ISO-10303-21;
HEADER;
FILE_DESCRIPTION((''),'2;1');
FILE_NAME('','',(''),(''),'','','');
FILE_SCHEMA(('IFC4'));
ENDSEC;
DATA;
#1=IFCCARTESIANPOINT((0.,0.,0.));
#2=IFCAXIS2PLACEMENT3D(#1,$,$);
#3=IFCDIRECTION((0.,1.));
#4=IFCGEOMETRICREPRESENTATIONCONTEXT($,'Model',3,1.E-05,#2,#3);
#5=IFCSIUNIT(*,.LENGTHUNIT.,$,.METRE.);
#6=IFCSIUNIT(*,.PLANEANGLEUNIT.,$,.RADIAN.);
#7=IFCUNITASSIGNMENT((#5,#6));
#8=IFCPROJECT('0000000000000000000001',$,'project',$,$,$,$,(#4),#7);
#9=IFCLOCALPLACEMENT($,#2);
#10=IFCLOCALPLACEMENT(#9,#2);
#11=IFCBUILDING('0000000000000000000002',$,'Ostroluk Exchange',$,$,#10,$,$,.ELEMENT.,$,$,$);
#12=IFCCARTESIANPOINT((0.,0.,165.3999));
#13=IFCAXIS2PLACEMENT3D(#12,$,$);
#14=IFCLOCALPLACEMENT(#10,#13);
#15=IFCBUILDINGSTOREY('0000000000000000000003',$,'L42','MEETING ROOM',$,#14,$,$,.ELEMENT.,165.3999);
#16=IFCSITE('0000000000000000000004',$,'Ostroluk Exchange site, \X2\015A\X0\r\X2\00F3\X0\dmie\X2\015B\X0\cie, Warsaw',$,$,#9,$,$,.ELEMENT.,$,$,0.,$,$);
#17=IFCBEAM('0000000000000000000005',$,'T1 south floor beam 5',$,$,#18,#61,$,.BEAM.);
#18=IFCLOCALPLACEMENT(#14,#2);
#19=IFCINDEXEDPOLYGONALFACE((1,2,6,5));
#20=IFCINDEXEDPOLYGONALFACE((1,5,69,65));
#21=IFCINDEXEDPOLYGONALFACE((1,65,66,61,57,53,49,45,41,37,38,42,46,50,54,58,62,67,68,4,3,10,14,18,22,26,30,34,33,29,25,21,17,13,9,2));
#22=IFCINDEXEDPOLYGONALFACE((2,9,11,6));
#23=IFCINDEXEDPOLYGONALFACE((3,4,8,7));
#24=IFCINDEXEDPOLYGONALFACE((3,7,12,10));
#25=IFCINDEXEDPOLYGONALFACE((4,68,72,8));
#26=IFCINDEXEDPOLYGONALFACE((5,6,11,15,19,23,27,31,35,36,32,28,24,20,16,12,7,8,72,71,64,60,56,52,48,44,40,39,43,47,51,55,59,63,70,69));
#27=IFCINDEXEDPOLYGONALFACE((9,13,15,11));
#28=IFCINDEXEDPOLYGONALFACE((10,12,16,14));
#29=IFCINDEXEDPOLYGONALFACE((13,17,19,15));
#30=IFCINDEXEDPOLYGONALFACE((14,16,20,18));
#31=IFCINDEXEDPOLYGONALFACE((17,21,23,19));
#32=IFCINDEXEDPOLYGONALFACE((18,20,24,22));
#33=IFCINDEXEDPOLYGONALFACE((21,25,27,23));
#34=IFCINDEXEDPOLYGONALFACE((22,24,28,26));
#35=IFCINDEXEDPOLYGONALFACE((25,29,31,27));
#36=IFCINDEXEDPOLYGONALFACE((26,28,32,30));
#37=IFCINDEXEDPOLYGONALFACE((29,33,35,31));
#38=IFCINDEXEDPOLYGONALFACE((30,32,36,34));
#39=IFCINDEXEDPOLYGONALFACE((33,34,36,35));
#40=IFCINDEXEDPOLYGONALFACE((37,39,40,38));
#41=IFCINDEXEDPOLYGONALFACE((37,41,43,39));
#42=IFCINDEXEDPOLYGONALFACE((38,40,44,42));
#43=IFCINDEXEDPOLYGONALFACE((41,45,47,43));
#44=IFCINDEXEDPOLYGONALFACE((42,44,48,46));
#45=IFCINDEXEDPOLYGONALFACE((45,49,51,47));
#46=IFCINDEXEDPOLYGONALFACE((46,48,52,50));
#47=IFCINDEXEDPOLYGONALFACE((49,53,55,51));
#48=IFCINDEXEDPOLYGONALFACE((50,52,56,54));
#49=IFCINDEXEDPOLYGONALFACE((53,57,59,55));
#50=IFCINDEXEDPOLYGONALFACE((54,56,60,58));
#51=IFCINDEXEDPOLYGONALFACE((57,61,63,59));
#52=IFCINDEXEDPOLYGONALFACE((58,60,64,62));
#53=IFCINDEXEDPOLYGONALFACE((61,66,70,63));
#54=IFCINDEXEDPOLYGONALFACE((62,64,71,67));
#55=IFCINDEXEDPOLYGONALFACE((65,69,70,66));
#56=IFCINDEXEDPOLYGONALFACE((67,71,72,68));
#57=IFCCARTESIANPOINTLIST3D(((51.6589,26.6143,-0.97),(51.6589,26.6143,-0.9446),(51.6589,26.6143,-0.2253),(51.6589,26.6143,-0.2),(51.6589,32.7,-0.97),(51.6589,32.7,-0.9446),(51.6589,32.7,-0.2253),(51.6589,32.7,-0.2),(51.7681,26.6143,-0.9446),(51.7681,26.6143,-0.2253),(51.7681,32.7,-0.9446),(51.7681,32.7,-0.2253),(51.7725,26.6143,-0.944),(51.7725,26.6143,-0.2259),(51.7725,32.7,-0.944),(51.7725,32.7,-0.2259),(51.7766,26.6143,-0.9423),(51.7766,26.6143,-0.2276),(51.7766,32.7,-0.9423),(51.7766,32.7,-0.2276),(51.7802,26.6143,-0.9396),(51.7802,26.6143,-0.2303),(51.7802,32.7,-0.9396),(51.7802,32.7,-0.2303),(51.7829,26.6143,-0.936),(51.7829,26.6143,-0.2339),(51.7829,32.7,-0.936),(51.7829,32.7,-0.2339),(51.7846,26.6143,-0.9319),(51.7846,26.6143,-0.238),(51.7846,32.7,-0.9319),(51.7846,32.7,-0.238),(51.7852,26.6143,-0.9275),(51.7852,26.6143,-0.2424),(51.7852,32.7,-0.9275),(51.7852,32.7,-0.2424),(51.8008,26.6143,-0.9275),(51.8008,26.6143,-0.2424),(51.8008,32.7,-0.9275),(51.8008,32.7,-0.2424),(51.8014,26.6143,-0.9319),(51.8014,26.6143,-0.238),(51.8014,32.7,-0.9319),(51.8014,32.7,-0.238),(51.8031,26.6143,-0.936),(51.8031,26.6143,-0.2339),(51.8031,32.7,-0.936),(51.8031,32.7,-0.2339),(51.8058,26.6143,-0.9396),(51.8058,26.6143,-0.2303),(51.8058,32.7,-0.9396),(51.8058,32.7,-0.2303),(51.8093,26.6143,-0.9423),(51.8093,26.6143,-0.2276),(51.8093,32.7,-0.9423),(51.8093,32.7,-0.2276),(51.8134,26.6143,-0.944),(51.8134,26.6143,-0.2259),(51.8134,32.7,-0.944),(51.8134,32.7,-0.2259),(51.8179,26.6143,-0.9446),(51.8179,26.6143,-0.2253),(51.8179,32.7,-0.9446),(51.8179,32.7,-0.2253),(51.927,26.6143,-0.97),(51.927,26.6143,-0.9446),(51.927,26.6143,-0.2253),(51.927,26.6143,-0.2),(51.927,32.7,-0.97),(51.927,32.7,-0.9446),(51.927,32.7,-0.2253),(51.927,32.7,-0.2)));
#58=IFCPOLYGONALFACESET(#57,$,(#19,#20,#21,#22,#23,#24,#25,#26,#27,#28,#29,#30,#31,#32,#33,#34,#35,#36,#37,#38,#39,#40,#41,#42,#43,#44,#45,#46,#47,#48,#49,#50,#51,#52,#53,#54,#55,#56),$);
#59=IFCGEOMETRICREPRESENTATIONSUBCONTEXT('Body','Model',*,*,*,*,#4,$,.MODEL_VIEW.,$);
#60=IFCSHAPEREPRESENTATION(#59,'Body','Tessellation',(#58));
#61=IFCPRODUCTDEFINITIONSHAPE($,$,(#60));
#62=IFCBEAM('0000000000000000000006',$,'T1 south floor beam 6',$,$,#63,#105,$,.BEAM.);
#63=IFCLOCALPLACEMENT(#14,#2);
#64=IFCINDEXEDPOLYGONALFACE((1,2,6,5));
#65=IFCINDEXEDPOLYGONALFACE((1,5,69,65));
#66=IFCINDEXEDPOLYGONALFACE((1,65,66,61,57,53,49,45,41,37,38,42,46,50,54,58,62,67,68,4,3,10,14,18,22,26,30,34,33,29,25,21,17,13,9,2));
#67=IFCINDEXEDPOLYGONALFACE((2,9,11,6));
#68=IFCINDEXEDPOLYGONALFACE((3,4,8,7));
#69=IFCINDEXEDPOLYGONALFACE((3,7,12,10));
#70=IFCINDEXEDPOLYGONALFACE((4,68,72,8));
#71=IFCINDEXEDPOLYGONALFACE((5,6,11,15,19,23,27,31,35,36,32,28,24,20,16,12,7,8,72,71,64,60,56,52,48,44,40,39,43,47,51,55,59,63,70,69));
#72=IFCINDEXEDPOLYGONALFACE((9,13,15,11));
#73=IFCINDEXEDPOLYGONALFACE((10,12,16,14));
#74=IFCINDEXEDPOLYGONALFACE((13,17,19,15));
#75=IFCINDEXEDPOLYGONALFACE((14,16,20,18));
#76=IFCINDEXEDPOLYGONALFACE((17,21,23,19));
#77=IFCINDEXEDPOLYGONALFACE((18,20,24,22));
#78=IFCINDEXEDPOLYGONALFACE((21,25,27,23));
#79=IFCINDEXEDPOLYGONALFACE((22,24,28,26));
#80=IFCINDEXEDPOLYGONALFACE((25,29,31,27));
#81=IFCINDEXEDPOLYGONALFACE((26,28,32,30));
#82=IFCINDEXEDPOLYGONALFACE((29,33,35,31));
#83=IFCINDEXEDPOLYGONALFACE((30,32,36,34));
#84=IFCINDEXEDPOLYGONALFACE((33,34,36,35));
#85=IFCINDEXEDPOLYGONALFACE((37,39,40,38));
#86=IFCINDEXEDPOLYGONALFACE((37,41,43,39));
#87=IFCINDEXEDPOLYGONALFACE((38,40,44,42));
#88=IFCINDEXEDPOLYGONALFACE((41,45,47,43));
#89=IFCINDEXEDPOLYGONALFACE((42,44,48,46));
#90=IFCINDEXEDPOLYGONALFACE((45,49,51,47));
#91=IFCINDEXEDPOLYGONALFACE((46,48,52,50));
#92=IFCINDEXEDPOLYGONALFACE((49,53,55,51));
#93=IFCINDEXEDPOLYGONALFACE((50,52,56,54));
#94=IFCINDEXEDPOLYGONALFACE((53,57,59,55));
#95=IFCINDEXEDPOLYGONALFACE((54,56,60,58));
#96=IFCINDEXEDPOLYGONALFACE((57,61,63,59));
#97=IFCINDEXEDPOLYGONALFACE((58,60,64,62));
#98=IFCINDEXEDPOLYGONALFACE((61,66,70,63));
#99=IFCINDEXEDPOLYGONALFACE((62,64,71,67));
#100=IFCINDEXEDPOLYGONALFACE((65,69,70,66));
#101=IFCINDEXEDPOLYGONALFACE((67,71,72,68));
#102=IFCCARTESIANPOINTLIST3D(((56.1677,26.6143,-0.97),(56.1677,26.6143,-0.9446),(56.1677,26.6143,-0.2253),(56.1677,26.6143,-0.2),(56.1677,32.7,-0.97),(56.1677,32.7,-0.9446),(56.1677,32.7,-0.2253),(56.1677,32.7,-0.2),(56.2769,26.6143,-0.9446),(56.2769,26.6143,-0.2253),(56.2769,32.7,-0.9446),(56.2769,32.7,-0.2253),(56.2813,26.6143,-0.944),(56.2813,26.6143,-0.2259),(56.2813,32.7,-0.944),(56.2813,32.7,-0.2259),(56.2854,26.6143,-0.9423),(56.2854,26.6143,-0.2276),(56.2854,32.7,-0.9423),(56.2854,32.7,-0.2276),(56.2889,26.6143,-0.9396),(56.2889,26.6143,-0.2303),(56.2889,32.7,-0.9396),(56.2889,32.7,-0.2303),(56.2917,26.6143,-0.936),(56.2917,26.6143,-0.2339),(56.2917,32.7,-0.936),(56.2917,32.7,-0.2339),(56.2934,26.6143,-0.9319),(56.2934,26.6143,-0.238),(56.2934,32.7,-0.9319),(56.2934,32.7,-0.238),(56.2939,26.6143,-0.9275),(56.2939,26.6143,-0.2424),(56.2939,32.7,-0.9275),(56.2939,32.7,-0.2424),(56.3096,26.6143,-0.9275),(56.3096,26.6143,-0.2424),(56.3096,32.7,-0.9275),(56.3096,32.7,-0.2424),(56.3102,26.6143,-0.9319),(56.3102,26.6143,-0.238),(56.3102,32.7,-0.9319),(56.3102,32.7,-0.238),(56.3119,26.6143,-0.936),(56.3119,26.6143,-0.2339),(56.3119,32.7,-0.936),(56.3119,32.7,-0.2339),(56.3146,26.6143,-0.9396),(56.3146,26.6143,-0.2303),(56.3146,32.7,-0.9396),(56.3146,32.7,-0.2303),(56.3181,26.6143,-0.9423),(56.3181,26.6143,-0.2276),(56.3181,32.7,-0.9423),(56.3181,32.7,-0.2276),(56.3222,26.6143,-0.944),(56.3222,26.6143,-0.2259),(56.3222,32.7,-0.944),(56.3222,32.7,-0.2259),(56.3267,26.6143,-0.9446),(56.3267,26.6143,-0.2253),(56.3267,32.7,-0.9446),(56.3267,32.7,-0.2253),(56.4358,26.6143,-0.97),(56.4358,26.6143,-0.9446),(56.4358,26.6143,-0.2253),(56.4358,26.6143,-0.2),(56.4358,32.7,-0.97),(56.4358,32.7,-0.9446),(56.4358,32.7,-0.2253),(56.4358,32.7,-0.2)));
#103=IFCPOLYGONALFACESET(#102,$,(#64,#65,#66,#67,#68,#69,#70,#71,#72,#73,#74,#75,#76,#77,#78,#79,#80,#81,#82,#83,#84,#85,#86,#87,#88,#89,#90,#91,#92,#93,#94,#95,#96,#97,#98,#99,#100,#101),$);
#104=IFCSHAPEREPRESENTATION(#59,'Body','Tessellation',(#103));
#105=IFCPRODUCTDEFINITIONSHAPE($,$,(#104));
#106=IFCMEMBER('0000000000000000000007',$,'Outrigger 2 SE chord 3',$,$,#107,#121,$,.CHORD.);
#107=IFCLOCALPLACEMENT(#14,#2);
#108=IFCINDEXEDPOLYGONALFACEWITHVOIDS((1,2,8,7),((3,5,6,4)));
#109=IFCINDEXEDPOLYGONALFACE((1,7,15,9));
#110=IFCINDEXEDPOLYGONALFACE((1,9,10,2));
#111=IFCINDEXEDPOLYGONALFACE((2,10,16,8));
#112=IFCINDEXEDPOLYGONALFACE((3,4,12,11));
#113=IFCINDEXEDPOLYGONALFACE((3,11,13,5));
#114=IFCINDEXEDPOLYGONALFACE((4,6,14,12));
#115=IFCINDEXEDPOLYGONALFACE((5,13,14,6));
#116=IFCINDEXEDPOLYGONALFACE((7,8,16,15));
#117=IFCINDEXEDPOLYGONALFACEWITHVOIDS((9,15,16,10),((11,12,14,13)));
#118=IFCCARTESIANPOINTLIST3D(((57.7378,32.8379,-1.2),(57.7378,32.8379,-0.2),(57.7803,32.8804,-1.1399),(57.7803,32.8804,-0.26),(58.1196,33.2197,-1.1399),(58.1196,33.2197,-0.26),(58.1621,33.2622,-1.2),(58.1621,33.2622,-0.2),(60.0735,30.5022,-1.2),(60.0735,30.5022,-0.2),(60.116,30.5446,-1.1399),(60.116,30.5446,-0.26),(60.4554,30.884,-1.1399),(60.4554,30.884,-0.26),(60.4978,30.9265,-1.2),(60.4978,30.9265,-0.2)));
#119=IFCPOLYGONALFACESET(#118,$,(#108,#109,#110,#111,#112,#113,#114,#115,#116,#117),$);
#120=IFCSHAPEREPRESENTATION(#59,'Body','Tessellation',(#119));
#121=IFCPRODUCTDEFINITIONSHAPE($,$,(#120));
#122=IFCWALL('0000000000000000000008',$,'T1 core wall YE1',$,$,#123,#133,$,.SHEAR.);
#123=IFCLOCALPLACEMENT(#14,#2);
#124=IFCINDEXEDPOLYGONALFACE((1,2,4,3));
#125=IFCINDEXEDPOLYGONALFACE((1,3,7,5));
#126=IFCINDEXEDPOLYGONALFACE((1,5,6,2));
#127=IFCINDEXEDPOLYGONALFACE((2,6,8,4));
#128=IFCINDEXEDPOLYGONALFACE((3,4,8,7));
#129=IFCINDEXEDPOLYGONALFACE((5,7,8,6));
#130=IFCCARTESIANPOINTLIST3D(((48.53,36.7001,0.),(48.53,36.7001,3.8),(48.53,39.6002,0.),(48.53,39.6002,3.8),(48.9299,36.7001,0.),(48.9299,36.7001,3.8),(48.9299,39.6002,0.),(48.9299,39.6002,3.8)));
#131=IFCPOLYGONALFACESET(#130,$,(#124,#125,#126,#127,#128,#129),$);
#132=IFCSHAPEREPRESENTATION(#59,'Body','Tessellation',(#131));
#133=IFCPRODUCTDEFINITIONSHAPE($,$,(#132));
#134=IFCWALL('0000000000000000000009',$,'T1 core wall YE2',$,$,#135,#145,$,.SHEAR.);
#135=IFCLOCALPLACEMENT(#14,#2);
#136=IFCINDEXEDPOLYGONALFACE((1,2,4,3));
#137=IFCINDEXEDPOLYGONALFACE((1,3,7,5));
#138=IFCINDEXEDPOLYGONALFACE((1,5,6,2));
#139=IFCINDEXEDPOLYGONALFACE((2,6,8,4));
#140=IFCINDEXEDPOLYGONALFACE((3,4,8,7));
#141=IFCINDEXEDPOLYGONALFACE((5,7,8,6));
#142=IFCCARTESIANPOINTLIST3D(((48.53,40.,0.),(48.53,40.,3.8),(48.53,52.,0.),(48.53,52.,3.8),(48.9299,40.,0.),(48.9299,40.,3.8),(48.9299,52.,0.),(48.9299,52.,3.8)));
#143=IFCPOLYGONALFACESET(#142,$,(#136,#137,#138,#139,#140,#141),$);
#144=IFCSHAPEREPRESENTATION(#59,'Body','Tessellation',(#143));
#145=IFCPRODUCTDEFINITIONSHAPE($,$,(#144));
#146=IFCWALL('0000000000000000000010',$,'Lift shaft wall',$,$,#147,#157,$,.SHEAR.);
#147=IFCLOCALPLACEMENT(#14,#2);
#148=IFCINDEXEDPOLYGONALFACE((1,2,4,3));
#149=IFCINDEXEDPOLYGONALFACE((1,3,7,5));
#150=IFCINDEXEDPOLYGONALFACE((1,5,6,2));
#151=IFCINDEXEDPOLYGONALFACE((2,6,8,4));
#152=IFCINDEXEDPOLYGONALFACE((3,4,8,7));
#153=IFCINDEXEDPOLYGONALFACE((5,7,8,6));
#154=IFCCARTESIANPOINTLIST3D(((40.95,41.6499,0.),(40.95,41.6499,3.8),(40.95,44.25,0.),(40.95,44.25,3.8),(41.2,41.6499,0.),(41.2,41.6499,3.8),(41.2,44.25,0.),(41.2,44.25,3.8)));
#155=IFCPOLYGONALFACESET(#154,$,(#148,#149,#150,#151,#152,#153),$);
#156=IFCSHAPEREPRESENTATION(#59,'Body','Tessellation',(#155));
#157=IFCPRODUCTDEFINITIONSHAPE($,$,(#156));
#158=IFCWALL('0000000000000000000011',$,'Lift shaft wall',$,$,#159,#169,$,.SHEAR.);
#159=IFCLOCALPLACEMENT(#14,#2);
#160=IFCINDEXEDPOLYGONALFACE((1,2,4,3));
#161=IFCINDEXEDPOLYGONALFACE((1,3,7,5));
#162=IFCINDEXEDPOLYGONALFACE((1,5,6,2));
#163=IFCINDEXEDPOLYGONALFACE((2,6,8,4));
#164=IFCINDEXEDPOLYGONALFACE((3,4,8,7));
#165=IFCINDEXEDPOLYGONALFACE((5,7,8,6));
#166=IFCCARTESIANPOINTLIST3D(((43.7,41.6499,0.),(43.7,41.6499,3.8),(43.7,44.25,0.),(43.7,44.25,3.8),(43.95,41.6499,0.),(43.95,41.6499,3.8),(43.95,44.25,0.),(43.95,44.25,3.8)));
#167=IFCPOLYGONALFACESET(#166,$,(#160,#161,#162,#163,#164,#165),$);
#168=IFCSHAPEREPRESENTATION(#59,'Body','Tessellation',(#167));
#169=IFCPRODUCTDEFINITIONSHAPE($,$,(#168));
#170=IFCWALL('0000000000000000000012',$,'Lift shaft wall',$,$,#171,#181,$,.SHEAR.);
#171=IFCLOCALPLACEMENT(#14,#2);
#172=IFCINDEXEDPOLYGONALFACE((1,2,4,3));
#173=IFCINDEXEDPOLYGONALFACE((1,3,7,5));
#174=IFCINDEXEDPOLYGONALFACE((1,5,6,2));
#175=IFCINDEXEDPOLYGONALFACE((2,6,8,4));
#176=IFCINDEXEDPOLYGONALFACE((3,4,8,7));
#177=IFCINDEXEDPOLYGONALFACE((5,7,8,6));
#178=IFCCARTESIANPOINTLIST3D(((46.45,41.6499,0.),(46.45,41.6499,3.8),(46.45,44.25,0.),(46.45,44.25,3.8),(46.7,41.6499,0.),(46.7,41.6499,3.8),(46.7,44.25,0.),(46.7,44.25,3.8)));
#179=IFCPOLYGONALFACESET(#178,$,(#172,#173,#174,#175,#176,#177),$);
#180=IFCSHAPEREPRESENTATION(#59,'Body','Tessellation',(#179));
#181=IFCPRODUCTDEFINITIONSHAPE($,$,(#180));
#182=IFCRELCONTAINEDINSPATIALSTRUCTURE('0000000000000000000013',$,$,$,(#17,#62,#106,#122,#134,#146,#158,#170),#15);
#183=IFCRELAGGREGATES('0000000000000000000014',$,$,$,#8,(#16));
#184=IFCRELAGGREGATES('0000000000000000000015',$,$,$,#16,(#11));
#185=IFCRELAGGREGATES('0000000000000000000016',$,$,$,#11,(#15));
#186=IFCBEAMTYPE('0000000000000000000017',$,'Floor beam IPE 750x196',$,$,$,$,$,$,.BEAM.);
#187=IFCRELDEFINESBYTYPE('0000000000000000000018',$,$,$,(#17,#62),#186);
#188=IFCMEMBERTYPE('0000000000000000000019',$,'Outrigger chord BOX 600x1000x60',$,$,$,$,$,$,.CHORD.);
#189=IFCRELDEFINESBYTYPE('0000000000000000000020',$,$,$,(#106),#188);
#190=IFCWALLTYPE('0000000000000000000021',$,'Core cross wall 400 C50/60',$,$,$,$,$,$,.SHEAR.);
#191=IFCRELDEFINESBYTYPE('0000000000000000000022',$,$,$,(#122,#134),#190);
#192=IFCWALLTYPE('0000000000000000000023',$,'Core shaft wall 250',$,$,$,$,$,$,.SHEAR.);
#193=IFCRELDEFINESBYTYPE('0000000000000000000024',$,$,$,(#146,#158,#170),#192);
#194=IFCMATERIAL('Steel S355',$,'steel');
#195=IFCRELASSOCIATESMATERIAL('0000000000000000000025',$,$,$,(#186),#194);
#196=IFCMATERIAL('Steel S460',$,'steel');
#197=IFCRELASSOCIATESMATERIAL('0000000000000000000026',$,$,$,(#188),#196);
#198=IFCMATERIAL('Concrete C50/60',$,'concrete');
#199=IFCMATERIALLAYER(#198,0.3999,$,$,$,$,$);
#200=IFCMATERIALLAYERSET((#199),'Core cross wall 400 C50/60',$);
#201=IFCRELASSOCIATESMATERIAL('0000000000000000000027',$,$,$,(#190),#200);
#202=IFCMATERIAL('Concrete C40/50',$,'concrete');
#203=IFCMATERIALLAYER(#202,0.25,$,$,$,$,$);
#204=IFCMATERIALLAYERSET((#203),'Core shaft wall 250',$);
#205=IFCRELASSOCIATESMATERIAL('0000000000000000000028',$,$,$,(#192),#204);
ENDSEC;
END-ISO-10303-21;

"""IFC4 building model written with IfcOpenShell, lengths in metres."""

from ifc_helpers import new_model, si_unit, direction, frame, frame_2d, origin, origin_2d, place, context, subcontext, project, spatial, rectangle, hollow_rectangle, i_section, extrude, material, layer, layer_set, material_profile, profile_set, type_object, element, save


model = new_model("IFC4")

# Units and contexts
model_context = context("Model", 3, precision=1e-05, world=origin(), true_north=direction((0.0, 1.0)))
body_context = subcontext(model_context, "Body", "Model", "MODEL_VIEW")
ifc_project = project(units=[si_unit("LENGTHUNIT", "METRE"), si_unit("PLANEANGLEUNIT", "RADIAN")], contexts=[model_context])

# Site, building, storey
site_placement = place(None, origin())
site = spatial("IfcSite", under=ifc_project, at=site_placement, Name="Ostroluk Exchange site, Śródmieście, Warsaw", CompositionType="ELEMENT", RefElevation=0.0)
building_placement = place(site_placement, origin())
building = spatial("IfcBuilding", under=site, at=building_placement, Name="Ostroluk Exchange", CompositionType="ELEMENT")
storey_placement = place(building_placement, frame((0.0, 0.0, 165.3999)))
storey = spatial("IfcBuildingStorey", under=building, at=storey_placement, Name="L42", Description="MEETING ROOM", CompositionType="ELEMENT", Elevation=165.3999)

# Beams
ifc_material_1 = material(Name="Steel S355", Category="steel")
ifc_material_profile_1 = material_profile(ifc_material_1, i_section(OverallWidth=0.2681, OverallDepth=0.77, WebThickness=0.0156, FlangeThickness=0.0254, FilletRadius=0.0171, at=origin_2d()), Name="IPE 750x196")
ifc_profile_set_1 = profile_set([ifc_material_profile_1], Name="Steel S355")
beam_type = type_object("IfcBeamType", Name="Floor beam IPE 750x196", PredefinedType="BEAM", material=ifc_profile_set_1)
for number, where, z_axis, x_axis, name in (
    (1, (51.793, 32.7, -0.585), (0.0, -1.0, 0.0), (1.0, 0.0, 0.0), "T1 south floor beam 5"),
    (2, (56.3018, 32.7, -0.585), (0.0, -1.0, 0.0), (1.0, 0.0, 0.0), "T1 south floor beam 6"),
):
    element("IfcBeam", number, at=place(storey_placement, frame(where, z_axis=z_axis, x_axis=x_axis)), inside=storey, type_object=beam_type, Name=name, PredefinedType="BEAM", context=body_context, shape_type="SweptSolid", body=[
        extrude(i_section(OverallWidth=0.2681, OverallDepth=0.77, WebThickness=0.0156, FlangeThickness=0.0254, FilletRadius=0.0171, at=origin_2d()), origin(), (0.0, 0.0, 1.0), 6.0857),
    ])

# Member
ifc_material_2 = material(Name="Steel S460", Category="steel")
ifc_material_profile_2 = material_profile(ifc_material_2, hollow_rectangle(XDim=0.6001, YDim=1.0, WallThickness=0.0601, at=origin_2d()), Name="BOX 600x1000x60")
ifc_profile_set_2 = profile_set([ifc_material_profile_2], Name="Steel S460")
member_type = type_object("IfcMemberType", Name="Outrigger chord BOX 600x1000x60", PredefinedType="CHORD", material=ifc_profile_set_2)
member_placement = place(storey_placement, frame((57.95, 33.05, -0.7), z_axis=(0.707107, -0.707107, 0.0), x_axis=(0.707107, 0.707107, 0.0)))
element("IfcMember", 3, at=member_placement, inside=storey, type_object=member_type, Name="Outrigger 2 SE chord 3", PredefinedType="CHORD", context=body_context, shape_type="SweptSolid", body=[
    extrude(hollow_rectangle(XDim=0.6001, YDim=1.0, WallThickness=0.0601, at=origin_2d()), origin(), (0.0, 0.0, 1.0), 3.3032),
])

# Walls
ifc_material_3 = material(Name="Concrete C50/60", Category="concrete")
ifc_layer_1 = layer(ifc_material_3, 0.3999)
ifc_layer_set_1 = layer_set([ifc_layer_1], Name="Core cross wall 400 C50/60")
wall_type_1 = type_object("IfcWallType", Name="Core cross wall 400 C50/60", PredefinedType="SHEAR", material=ifc_layer_set_1)
wall_1_placement = place(storey_placement, frame((48.73, 36.7, 0.0), z_axis=(0.0, 0.0, 1.0), x_axis=(0.0, 1.0, 0.0)))
element("IfcWall", 4, at=wall_1_placement, inside=storey, type_object=wall_type_1, Name="T1 core wall YE1", PredefinedType="SHEAR", context=body_context, shape_type="SweptSolid", body=[
    extrude(rectangle(XDim=2.9001, YDim=0.3999, at=frame_2d((1.4502, 0.0))), origin(), (0.0, 0.0, 1.0), 3.8),
])
wall_2_placement = place(storey_placement, frame((48.73, 40.0, 0.0), z_axis=(0.0, 0.0, 1.0), x_axis=(0.0, 1.0, 0.0)))
element("IfcWall", 5, at=wall_2_placement, inside=storey, type_object=wall_type_1, Name="T1 core wall YE2", PredefinedType="SHEAR", context=body_context, shape_type="SweptSolid", body=[
    extrude(rectangle(XDim=12.0, YDim=0.3999, at=frame_2d((6.0, 0.0))), origin(), (0.0, 0.0, 1.0), 3.8),
])

# Shared definitions
ifc_material_4 = material(Name="Concrete C40/50", Category="concrete")
ifc_layer_2 = layer(ifc_material_4, 0.25)
ifc_layer_set_2 = layer_set([ifc_layer_2], Name="Core shaft wall 250")
wall_type_2 = type_object("IfcWallType", Name="Core shaft wall 250", PredefinedType="SHEAR", material=ifc_layer_set_2)

# Walls
for number, where, z_axis, x_axis, name in (
    (6, (41.075, 44.25, 0.0), (0.0, 0.0, 1.0), (0.0, -1.0, 0.0), "Lift shaft wall"),
    (7, (43.825, 44.25, 0.0), (0.0, 0.0, 1.0), (0.0, -1.0, 0.0), "Lift shaft wall"),
    (8, (46.575, 44.25, 0.0), (0.0, 0.0, 1.0), (0.0, -1.0, 0.0), "Lift shaft wall"),
):
    element("IfcWall", number, at=place(storey_placement, frame(where, z_axis=z_axis, x_axis=x_axis)), inside=storey, type_object=wall_type_2, Name=name, PredefinedType="SHEAR", context=body_context, shape_type="SweptSolid", body=[
        extrude(rectangle(XDim=2.6001, YDim=0.25, at=frame_2d((1.3, 0.0))), origin(), (0.0, 0.0, 1.0), 3.8),
    ])

save(model, "model.ifc")
